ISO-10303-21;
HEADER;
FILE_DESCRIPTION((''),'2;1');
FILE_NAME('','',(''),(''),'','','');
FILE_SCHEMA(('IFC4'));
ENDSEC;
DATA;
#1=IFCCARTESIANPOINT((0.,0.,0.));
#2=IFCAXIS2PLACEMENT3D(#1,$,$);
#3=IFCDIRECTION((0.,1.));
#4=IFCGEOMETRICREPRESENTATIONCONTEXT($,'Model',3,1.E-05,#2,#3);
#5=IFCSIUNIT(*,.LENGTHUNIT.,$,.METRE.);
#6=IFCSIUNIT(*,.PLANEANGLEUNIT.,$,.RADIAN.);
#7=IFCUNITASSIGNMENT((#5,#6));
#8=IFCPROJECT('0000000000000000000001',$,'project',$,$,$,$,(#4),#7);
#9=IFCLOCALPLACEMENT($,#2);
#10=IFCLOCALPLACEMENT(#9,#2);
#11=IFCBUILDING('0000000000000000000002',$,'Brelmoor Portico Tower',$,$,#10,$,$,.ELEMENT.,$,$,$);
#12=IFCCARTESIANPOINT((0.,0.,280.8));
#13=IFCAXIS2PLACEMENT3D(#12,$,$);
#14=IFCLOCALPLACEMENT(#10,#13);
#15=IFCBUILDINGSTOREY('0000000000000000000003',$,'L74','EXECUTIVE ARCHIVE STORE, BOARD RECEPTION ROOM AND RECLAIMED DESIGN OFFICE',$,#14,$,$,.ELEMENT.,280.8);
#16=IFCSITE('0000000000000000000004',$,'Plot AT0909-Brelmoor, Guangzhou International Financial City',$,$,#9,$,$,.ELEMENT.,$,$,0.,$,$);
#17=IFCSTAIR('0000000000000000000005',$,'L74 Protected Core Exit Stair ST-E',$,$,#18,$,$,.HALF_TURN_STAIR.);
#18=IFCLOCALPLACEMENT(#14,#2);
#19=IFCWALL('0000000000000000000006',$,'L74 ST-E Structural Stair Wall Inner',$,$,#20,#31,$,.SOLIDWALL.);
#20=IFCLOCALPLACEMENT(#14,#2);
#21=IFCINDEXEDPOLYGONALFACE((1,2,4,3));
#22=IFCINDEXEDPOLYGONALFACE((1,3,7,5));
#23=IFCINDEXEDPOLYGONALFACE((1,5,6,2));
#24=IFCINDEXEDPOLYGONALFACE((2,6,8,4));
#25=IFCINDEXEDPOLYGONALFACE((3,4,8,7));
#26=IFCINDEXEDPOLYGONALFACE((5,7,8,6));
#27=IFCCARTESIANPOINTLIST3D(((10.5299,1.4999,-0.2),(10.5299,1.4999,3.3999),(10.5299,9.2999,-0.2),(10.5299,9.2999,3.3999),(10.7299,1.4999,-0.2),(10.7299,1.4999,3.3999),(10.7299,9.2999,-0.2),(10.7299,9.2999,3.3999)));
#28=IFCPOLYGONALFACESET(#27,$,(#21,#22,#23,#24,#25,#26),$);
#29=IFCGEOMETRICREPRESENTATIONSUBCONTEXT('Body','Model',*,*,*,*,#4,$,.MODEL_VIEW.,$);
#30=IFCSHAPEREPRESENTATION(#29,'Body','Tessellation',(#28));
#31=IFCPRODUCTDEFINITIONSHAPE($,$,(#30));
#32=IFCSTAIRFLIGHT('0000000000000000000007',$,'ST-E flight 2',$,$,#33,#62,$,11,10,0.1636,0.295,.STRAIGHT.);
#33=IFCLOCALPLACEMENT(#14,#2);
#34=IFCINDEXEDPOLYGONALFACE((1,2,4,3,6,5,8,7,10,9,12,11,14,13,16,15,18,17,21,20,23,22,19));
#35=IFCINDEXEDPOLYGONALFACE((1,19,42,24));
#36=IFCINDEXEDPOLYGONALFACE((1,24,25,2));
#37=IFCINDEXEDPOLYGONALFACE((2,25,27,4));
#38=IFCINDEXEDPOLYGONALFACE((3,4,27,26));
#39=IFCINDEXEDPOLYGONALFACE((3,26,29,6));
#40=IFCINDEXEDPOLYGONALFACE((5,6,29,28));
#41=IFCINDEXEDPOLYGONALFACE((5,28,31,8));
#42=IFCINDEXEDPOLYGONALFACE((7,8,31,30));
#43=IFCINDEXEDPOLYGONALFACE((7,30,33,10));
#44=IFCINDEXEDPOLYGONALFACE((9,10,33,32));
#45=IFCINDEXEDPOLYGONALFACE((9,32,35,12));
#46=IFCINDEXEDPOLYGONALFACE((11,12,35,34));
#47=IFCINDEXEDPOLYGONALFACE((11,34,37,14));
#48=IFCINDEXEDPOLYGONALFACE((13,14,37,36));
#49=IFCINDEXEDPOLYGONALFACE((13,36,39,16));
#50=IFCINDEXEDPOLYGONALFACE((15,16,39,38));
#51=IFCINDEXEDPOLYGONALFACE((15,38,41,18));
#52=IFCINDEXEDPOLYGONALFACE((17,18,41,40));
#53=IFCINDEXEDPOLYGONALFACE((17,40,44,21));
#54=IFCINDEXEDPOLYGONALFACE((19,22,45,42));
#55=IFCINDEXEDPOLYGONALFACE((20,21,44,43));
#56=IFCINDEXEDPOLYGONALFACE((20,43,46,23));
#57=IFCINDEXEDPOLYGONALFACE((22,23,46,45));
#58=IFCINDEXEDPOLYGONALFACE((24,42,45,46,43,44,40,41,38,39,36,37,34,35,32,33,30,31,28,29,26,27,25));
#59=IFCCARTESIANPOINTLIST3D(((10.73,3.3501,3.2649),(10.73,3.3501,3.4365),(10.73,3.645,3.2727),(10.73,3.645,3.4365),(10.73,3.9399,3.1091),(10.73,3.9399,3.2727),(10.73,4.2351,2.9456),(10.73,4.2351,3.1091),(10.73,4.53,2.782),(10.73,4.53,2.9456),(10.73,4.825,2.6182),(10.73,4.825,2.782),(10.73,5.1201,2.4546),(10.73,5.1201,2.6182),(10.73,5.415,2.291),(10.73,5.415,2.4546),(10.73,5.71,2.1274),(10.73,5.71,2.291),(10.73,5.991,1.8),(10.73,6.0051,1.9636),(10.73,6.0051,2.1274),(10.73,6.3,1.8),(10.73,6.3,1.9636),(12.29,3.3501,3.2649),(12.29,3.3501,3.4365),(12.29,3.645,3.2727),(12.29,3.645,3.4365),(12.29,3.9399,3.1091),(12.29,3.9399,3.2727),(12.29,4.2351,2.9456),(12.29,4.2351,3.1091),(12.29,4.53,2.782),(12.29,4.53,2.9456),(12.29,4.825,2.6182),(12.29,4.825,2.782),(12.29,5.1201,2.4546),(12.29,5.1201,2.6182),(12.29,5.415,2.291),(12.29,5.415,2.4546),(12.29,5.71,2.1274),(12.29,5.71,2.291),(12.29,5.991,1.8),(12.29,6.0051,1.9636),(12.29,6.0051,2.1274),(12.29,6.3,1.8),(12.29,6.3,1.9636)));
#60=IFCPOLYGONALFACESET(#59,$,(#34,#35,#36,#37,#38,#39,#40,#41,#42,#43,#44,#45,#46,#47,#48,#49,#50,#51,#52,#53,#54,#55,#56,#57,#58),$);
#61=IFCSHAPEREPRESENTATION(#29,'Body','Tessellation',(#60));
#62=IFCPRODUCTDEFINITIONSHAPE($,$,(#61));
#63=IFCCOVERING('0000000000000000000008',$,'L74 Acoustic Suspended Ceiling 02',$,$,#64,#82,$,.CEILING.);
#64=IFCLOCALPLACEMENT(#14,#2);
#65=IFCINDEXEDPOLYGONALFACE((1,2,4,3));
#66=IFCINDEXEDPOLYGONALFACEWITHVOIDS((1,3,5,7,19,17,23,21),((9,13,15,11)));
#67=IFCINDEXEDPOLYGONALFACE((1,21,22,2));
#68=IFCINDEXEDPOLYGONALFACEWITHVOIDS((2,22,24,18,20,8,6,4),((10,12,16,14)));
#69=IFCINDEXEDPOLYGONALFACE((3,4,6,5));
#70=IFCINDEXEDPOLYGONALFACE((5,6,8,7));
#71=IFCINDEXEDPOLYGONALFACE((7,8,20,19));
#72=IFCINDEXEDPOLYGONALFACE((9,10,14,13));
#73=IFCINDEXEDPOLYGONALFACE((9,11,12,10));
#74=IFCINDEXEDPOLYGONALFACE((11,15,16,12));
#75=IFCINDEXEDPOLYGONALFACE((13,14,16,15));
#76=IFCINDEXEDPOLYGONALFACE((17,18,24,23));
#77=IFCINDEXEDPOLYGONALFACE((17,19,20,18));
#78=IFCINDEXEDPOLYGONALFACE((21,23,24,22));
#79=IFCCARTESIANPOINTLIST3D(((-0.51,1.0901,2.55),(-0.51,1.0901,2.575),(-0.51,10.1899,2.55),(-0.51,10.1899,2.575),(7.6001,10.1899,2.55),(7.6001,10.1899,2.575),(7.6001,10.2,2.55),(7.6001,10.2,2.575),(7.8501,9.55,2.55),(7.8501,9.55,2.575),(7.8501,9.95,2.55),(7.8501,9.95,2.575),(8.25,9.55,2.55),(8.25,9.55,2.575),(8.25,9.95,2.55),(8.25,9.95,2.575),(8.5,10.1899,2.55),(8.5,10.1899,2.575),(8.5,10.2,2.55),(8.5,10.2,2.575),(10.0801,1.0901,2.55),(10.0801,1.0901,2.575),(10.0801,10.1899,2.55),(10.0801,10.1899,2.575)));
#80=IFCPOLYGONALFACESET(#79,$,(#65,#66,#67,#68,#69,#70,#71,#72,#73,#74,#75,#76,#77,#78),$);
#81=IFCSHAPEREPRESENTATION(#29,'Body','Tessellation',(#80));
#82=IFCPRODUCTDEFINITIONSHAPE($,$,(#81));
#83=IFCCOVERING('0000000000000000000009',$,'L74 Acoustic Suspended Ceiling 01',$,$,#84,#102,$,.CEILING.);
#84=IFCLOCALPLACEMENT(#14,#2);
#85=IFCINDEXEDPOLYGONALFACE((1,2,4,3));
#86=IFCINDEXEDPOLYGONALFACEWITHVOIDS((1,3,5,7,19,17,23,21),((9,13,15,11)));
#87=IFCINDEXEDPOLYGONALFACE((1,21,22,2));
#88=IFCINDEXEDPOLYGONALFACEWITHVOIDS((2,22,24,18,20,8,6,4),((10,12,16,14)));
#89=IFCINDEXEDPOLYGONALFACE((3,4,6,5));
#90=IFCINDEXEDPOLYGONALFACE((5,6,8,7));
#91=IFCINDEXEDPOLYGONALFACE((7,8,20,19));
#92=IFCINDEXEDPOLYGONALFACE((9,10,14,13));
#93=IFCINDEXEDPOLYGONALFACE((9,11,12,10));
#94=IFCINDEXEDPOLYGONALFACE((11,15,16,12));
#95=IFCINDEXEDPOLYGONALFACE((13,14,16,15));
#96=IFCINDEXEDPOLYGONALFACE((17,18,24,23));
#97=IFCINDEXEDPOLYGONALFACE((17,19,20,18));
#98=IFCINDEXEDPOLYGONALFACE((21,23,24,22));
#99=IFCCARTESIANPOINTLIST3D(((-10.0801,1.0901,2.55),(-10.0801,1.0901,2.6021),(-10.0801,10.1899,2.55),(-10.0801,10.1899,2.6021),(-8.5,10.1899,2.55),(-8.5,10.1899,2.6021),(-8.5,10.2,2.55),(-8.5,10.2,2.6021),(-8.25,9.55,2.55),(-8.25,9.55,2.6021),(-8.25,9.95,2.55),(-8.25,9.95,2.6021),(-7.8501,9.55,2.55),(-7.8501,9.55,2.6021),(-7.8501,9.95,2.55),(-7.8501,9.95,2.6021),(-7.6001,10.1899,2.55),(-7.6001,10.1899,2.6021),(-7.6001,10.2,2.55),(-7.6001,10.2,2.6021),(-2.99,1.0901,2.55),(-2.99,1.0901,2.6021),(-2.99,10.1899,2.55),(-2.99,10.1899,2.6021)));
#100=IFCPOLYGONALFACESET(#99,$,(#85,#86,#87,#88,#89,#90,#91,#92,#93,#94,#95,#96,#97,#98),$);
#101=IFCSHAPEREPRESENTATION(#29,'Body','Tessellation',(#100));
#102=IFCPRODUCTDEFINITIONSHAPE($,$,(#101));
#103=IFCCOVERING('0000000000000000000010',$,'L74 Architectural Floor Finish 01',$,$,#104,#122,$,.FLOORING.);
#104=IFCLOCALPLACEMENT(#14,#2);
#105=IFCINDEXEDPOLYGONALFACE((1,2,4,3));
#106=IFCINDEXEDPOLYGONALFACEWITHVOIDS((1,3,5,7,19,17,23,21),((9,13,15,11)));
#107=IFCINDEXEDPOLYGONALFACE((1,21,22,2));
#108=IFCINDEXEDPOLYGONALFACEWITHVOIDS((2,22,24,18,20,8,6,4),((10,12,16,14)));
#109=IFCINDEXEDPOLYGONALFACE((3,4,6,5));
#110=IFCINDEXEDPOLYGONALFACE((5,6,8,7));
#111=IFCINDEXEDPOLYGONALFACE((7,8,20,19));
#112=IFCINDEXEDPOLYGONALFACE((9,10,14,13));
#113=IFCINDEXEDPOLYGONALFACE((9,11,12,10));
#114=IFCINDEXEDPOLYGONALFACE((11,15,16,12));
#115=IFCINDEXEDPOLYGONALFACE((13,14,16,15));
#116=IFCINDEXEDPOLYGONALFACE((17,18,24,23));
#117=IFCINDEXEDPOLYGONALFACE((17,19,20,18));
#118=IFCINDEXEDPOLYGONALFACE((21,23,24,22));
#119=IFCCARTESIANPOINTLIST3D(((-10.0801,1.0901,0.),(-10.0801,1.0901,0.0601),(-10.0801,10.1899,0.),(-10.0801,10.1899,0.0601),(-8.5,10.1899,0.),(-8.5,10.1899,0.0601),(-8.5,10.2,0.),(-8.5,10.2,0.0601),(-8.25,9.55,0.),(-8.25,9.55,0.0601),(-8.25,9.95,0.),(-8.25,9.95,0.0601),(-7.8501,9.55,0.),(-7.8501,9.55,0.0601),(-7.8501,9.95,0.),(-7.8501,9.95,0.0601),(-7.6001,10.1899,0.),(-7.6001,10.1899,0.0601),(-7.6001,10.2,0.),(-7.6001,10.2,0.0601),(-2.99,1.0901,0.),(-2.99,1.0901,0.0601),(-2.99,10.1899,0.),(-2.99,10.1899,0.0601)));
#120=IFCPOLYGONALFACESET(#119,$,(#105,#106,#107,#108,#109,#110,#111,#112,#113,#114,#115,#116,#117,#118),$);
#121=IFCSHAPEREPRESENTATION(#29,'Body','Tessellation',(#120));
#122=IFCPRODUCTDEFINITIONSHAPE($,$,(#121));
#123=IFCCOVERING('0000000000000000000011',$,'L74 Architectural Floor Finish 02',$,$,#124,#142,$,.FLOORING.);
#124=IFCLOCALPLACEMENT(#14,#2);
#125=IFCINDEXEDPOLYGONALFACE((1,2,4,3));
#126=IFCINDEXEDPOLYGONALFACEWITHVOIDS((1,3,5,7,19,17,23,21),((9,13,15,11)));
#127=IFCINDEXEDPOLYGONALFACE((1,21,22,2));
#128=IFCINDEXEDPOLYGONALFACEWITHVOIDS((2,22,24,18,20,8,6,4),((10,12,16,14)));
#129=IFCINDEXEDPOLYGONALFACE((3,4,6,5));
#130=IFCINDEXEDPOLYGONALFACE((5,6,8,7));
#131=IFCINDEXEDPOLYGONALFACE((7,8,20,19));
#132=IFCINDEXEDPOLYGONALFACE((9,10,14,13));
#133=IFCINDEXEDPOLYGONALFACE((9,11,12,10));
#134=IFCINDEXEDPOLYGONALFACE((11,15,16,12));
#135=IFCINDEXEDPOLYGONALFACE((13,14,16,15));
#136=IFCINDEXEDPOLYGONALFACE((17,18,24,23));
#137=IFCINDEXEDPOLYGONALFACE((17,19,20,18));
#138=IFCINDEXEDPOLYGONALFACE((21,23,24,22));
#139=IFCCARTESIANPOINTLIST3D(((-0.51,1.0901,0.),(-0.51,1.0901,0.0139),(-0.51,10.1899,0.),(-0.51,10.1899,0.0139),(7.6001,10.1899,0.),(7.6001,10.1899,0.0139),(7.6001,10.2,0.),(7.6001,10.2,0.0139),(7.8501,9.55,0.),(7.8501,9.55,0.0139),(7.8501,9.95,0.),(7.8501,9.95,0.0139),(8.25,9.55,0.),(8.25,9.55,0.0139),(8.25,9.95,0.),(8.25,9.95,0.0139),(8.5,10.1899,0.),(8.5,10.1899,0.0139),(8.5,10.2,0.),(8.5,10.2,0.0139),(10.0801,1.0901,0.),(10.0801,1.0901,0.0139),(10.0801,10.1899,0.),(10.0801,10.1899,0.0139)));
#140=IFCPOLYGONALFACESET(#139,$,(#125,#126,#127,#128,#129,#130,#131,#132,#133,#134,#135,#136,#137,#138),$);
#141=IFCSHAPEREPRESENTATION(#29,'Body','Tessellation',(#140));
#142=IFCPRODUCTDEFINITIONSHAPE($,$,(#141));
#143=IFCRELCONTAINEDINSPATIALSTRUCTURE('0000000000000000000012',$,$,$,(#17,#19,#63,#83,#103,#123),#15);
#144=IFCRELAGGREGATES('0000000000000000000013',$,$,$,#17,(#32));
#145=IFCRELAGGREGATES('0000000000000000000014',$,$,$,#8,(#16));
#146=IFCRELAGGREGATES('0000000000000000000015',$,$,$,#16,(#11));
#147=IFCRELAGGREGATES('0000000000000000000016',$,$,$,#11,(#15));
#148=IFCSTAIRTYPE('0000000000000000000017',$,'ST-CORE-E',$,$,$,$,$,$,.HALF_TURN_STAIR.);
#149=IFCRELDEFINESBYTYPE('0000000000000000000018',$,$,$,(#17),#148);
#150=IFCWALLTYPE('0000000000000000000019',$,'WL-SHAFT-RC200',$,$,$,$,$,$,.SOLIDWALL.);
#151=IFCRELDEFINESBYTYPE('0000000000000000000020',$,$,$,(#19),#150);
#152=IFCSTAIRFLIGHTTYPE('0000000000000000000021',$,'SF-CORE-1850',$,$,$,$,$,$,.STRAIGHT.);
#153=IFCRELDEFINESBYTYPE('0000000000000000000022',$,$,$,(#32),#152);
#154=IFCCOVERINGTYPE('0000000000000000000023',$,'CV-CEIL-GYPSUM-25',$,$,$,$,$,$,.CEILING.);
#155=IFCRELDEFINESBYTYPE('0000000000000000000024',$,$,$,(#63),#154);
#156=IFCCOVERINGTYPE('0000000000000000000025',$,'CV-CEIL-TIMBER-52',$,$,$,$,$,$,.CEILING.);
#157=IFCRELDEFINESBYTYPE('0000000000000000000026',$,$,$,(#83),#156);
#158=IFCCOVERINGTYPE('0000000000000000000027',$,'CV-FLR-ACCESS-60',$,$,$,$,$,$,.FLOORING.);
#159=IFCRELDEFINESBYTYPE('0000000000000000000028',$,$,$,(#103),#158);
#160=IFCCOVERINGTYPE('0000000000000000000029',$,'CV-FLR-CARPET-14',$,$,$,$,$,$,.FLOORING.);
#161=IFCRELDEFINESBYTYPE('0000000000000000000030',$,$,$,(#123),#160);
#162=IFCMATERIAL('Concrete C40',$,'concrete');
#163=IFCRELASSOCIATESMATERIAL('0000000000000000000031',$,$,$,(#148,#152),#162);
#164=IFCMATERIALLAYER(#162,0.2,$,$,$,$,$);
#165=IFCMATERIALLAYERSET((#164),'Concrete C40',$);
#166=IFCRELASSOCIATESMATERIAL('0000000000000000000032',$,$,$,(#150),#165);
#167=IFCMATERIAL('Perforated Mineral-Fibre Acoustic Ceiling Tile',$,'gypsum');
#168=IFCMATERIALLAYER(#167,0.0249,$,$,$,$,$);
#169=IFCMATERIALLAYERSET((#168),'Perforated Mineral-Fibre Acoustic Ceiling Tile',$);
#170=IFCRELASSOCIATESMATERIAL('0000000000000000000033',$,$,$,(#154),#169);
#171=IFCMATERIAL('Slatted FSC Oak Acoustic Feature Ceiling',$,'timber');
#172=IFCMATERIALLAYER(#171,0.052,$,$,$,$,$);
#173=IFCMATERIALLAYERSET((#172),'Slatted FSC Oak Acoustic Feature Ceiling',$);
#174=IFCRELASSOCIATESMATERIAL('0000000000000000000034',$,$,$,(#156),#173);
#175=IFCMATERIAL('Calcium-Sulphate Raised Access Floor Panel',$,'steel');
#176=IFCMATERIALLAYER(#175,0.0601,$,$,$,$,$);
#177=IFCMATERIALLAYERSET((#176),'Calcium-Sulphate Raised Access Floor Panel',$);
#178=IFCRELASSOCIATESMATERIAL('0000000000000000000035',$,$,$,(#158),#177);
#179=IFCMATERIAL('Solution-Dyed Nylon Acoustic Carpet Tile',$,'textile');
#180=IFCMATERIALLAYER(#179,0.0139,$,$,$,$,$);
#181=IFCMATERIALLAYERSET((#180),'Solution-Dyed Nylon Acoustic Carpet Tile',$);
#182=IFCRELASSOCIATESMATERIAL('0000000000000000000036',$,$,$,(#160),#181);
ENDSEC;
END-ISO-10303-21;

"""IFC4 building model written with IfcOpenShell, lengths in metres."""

from ifc_helpers import new_model, si_unit, direction, frame, frame_2d, origin, place, context, subcontext, project, spatial, polyline, rectangle, outline, extrude, material, layer, layer_set, type_object, element, aggregate, save


model = new_model("IFC4")

# Units and contexts
model_context = context("Model", 3, precision=1e-05, world=origin(), true_north=direction((0.0, 1.0)))
body_context = subcontext(model_context, "Body", "Model", "MODEL_VIEW")
ifc_project = project(units=[si_unit("LENGTHUNIT", "METRE"), si_unit("PLANEANGLEUNIT", "RADIAN")], contexts=[model_context])

# Site, building, storey
site_placement = place(None, origin())
site = spatial("IfcSite", under=ifc_project, at=site_placement, Name="Plot AT0909-Brelmoor, Guangzhou International Financial City", CompositionType="ELEMENT", RefElevation=0.0)
building_placement = place(site_placement, origin())
building = spatial("IfcBuilding", under=site, at=building_placement, Name="Brelmoor Portico Tower", CompositionType="ELEMENT")
storey_placement = place(building_placement, frame((0.0, 0.0, 280.8)))
storey = spatial("IfcBuildingStorey", under=building, at=storey_placement, Name="L74", Description="EXECUTIVE ARCHIVE STORE, BOARD RECEPTION ROOM AND RECLAIMED DESIGN OFFICE", CompositionType="ELEMENT", Elevation=280.8)

# Stair
ifc_material_1 = material(Name="Concrete C40", Category="concrete")
stair_type = type_object("IfcStairType", Name="ST-CORE-E", PredefinedType="HALF_TURN_STAIR", material=ifc_material_1)
stair_placement = place(storey_placement, origin())
stair = element("IfcStair", 1, at=stair_placement, inside=storey, type_object=stair_type, Name="L74 Protected Core Exit Stair ST-E", PredefinedType="HALF_TURN_STAIR")

# Shared definitions
ifc_layer_1 = layer(ifc_material_1, 0.2)
ifc_layer_set_1 = layer_set([ifc_layer_1], Name="Concrete C40")
wall_type_1 = type_object("IfcWallType", Name="WL-SHAFT-RC200", PredefinedType="SOLIDWALL", material=ifc_layer_set_1)

# Wall
wall_1_placement = place(storey_placement, frame((10.6299, 1.5, -0.2), z_axis=(0.0, 0.0, 1.0), x_axis=(0.0, 1.0, 0.0)))
element("IfcWall", 2, at=wall_1_placement, inside=storey, type_object=wall_type_1, Name="L74 ST-E Structural Stair Wall Inner", PredefinedType="SOLIDWALL", context=body_context, shape_type="SweptSolid", body=[
    extrude(rectangle(XDim=7.8, YDim=0.2, at=frame_2d((3.8999, 0.0))), origin(), (0.0, 0.0, 1.0), 3.5999),
])

# Stair flight
stair_flight_type = type_object("IfcStairFlightType", Name="SF-CORE-1850", PredefinedType="STRAIGHT", material=ifc_material_1)
stair_flight_placement = place(storey_placement, frame((11.51, 6.3, 1.8), z_axis=(0.0, 0.0, 1.0), x_axis=(0.0, -1.0, 0.0)))
stair_flight = element("IfcStairFlight", 3, at=stair_flight_placement, type_object=stair_flight_type, Name="ST-E flight 2", NumberOfRisers=11, NumberOfTreads=10, PredefinedType="STRAIGHT", RiserHeight=0.1636, TreadLength=0.295, context=body_context, shape_type="SweptSolid", body=[
    extrude(outline(polyline([(0.0, 0.0), (0.0, 0.1636), (0.2949, 0.1636), (0.2949, 0.3274), (0.5901, 0.3274), (0.5901, 0.491), (0.885, 0.491), (0.885, 0.6545), (1.1799, 0.6545), (1.1799, 0.8181), (1.4751, 0.8181), (1.4751, 0.9819), (1.77, 0.9819), (1.77, 1.1455), (2.0649, 1.1455), (2.0649, 1.3091), (2.3601, 1.3091), (2.3601, 1.4727), (2.655, 1.4727), (2.655, 1.6365), (2.95, 1.6365), (2.95, 1.8), (2.95, 1.4648), (0.3091, 0.0), (0.0, 0.0)])), frame((0.0, 0.78, 0.0), z_axis=(0.0, -1.0, 0.0), x_axis=(1.0, 0.0, 0.0)), (0.0, 0.0, 1.0), 1.5601),
])
aggregate(stair, [stair_flight])

# Coverings
ifc_material_2 = material(Name="Perforated Mineral-Fibre Acoustic Ceiling Tile", Category="gypsum")
ifc_layer_2 = layer(ifc_material_2, 0.0249)
ifc_layer_set_2 = layer_set([ifc_layer_2], Name="Perforated Mineral-Fibre Acoustic Ceiling Tile")
covering_type_1 = type_object("IfcCoveringType", Name="CV-CEIL-GYPSUM-25", PredefinedType="CEILING", material=ifc_layer_set_2)
covering_1_placement = place(storey_placement, frame((0.0, 0.0, 2.55)))
element("IfcCovering", 4, at=covering_1_placement, inside=storey, type_object=covering_type_1, Name="L74 Acoustic Suspended Ceiling 02", PredefinedType="CEILING", context=body_context, shape_type="SweptSolid", body=[
    extrude(outline(polyline([(-0.51, 10.1899), (7.6001, 10.1899), (7.6001, 10.2), (8.5, 10.2), (8.5, 10.1899), (10.0801, 10.1899), (10.0801, 1.0901), (-0.51, 1.0901), (-0.51, 10.1899)]), holes=[polyline([(8.25, 9.55), (8.25, 9.95), (7.8501, 9.95), (7.8501, 9.55), (8.25, 9.55)])]), origin(), (0.0, 0.0, 1.0), 0.0249),
])
ifc_material_3 = material(Name="Slatted FSC Oak Acoustic Feature Ceiling", Category="timber")
ifc_layer_3 = layer(ifc_material_3, 0.052)
ifc_layer_set_3 = layer_set([ifc_layer_3], Name="Slatted FSC Oak Acoustic Feature Ceiling")
covering_type_2 = type_object("IfcCoveringType", Name="CV-CEIL-TIMBER-52", PredefinedType="CEILING", material=ifc_layer_set_3)
covering_2_placement = place(storey_placement, frame((0.0, 0.0, 2.55)))
element("IfcCovering", 5, at=covering_2_placement, inside=storey, type_object=covering_type_2, Name="L74 Acoustic Suspended Ceiling 01", PredefinedType="CEILING", context=body_context, shape_type="SweptSolid", body=[
    extrude(outline(polyline([(-10.0801, 10.1899), (-8.5, 10.1899), (-8.5, 10.2), (-7.6001, 10.2), (-7.6001, 10.1899), (-2.99, 10.1899), (-2.99, 1.0901), (-10.0801, 1.0901), (-10.0801, 10.1899)]), holes=[polyline([(-7.8501, 9.55), (-7.8501, 9.95), (-8.25, 9.95), (-8.25, 9.55), (-7.8501, 9.55)])]), origin(), (0.0, 0.0, 1.0), 0.052),
])
ifc_material_4 = material(Name="Calcium-Sulphate Raised Access Floor Panel", Category="steel")
ifc_layer_4 = layer(ifc_material_4, 0.0601)
ifc_layer_set_4 = layer_set([ifc_layer_4], Name="Calcium-Sulphate Raised Access Floor Panel")
covering_type_3 = type_object("IfcCoveringType", Name="CV-FLR-ACCESS-60", PredefinedType="FLOORING", material=ifc_layer_set_4)
covering_3_placement = place(storey_placement, origin())
element("IfcCovering", 6, at=covering_3_placement, inside=storey, type_object=covering_type_3, Name="L74 Architectural Floor Finish 01", PredefinedType="FLOORING", context=body_context, shape_type="SweptSolid", body=[
    extrude(outline(polyline([(-10.0801, 10.1899), (-8.5, 10.1899), (-8.5, 10.2), (-7.6001, 10.2), (-7.6001, 10.1899), (-2.99, 10.1899), (-2.99, 1.0901), (-10.0801, 1.0901), (-10.0801, 10.1899)]), holes=[polyline([(-7.8501, 9.55), (-7.8501, 9.95), (-8.25, 9.95), (-8.25, 9.55), (-7.8501, 9.55)])]), origin(), (0.0, 0.0, 1.0), 0.0601),
])
ifc_material_5 = material(Name="Solution-Dyed Nylon Acoustic Carpet Tile", Category="textile")
ifc_layer_5 = layer(ifc_material_5, 0.0139)
ifc_layer_set_5 = layer_set([ifc_layer_5], Name="Solution-Dyed Nylon Acoustic Carpet Tile")
covering_type_4 = type_object("IfcCoveringType", Name="CV-FLR-CARPET-14", PredefinedType="FLOORING", material=ifc_layer_set_5)
covering_4_placement = place(storey_placement, origin())
element("IfcCovering", 7, at=covering_4_placement, inside=storey, type_object=covering_type_4, Name="L74 Architectural Floor Finish 02", PredefinedType="FLOORING", context=body_context, shape_type="SweptSolid", body=[
    extrude(outline(polyline([(-0.51, 10.1899), (7.6001, 10.1899), (7.6001, 10.2), (8.5, 10.2), (8.5, 10.1899), (10.0801, 10.1899), (10.0801, 1.0901), (-0.51, 1.0901), (-0.51, 10.1899)]), holes=[polyline([(8.25, 9.55), (8.25, 9.95), (7.8501, 9.95), (7.8501, 9.55), (8.25, 9.55)])]), origin(), (0.0, 0.0, 1.0), 0.0139),
])

save(model, "model.ifc")
